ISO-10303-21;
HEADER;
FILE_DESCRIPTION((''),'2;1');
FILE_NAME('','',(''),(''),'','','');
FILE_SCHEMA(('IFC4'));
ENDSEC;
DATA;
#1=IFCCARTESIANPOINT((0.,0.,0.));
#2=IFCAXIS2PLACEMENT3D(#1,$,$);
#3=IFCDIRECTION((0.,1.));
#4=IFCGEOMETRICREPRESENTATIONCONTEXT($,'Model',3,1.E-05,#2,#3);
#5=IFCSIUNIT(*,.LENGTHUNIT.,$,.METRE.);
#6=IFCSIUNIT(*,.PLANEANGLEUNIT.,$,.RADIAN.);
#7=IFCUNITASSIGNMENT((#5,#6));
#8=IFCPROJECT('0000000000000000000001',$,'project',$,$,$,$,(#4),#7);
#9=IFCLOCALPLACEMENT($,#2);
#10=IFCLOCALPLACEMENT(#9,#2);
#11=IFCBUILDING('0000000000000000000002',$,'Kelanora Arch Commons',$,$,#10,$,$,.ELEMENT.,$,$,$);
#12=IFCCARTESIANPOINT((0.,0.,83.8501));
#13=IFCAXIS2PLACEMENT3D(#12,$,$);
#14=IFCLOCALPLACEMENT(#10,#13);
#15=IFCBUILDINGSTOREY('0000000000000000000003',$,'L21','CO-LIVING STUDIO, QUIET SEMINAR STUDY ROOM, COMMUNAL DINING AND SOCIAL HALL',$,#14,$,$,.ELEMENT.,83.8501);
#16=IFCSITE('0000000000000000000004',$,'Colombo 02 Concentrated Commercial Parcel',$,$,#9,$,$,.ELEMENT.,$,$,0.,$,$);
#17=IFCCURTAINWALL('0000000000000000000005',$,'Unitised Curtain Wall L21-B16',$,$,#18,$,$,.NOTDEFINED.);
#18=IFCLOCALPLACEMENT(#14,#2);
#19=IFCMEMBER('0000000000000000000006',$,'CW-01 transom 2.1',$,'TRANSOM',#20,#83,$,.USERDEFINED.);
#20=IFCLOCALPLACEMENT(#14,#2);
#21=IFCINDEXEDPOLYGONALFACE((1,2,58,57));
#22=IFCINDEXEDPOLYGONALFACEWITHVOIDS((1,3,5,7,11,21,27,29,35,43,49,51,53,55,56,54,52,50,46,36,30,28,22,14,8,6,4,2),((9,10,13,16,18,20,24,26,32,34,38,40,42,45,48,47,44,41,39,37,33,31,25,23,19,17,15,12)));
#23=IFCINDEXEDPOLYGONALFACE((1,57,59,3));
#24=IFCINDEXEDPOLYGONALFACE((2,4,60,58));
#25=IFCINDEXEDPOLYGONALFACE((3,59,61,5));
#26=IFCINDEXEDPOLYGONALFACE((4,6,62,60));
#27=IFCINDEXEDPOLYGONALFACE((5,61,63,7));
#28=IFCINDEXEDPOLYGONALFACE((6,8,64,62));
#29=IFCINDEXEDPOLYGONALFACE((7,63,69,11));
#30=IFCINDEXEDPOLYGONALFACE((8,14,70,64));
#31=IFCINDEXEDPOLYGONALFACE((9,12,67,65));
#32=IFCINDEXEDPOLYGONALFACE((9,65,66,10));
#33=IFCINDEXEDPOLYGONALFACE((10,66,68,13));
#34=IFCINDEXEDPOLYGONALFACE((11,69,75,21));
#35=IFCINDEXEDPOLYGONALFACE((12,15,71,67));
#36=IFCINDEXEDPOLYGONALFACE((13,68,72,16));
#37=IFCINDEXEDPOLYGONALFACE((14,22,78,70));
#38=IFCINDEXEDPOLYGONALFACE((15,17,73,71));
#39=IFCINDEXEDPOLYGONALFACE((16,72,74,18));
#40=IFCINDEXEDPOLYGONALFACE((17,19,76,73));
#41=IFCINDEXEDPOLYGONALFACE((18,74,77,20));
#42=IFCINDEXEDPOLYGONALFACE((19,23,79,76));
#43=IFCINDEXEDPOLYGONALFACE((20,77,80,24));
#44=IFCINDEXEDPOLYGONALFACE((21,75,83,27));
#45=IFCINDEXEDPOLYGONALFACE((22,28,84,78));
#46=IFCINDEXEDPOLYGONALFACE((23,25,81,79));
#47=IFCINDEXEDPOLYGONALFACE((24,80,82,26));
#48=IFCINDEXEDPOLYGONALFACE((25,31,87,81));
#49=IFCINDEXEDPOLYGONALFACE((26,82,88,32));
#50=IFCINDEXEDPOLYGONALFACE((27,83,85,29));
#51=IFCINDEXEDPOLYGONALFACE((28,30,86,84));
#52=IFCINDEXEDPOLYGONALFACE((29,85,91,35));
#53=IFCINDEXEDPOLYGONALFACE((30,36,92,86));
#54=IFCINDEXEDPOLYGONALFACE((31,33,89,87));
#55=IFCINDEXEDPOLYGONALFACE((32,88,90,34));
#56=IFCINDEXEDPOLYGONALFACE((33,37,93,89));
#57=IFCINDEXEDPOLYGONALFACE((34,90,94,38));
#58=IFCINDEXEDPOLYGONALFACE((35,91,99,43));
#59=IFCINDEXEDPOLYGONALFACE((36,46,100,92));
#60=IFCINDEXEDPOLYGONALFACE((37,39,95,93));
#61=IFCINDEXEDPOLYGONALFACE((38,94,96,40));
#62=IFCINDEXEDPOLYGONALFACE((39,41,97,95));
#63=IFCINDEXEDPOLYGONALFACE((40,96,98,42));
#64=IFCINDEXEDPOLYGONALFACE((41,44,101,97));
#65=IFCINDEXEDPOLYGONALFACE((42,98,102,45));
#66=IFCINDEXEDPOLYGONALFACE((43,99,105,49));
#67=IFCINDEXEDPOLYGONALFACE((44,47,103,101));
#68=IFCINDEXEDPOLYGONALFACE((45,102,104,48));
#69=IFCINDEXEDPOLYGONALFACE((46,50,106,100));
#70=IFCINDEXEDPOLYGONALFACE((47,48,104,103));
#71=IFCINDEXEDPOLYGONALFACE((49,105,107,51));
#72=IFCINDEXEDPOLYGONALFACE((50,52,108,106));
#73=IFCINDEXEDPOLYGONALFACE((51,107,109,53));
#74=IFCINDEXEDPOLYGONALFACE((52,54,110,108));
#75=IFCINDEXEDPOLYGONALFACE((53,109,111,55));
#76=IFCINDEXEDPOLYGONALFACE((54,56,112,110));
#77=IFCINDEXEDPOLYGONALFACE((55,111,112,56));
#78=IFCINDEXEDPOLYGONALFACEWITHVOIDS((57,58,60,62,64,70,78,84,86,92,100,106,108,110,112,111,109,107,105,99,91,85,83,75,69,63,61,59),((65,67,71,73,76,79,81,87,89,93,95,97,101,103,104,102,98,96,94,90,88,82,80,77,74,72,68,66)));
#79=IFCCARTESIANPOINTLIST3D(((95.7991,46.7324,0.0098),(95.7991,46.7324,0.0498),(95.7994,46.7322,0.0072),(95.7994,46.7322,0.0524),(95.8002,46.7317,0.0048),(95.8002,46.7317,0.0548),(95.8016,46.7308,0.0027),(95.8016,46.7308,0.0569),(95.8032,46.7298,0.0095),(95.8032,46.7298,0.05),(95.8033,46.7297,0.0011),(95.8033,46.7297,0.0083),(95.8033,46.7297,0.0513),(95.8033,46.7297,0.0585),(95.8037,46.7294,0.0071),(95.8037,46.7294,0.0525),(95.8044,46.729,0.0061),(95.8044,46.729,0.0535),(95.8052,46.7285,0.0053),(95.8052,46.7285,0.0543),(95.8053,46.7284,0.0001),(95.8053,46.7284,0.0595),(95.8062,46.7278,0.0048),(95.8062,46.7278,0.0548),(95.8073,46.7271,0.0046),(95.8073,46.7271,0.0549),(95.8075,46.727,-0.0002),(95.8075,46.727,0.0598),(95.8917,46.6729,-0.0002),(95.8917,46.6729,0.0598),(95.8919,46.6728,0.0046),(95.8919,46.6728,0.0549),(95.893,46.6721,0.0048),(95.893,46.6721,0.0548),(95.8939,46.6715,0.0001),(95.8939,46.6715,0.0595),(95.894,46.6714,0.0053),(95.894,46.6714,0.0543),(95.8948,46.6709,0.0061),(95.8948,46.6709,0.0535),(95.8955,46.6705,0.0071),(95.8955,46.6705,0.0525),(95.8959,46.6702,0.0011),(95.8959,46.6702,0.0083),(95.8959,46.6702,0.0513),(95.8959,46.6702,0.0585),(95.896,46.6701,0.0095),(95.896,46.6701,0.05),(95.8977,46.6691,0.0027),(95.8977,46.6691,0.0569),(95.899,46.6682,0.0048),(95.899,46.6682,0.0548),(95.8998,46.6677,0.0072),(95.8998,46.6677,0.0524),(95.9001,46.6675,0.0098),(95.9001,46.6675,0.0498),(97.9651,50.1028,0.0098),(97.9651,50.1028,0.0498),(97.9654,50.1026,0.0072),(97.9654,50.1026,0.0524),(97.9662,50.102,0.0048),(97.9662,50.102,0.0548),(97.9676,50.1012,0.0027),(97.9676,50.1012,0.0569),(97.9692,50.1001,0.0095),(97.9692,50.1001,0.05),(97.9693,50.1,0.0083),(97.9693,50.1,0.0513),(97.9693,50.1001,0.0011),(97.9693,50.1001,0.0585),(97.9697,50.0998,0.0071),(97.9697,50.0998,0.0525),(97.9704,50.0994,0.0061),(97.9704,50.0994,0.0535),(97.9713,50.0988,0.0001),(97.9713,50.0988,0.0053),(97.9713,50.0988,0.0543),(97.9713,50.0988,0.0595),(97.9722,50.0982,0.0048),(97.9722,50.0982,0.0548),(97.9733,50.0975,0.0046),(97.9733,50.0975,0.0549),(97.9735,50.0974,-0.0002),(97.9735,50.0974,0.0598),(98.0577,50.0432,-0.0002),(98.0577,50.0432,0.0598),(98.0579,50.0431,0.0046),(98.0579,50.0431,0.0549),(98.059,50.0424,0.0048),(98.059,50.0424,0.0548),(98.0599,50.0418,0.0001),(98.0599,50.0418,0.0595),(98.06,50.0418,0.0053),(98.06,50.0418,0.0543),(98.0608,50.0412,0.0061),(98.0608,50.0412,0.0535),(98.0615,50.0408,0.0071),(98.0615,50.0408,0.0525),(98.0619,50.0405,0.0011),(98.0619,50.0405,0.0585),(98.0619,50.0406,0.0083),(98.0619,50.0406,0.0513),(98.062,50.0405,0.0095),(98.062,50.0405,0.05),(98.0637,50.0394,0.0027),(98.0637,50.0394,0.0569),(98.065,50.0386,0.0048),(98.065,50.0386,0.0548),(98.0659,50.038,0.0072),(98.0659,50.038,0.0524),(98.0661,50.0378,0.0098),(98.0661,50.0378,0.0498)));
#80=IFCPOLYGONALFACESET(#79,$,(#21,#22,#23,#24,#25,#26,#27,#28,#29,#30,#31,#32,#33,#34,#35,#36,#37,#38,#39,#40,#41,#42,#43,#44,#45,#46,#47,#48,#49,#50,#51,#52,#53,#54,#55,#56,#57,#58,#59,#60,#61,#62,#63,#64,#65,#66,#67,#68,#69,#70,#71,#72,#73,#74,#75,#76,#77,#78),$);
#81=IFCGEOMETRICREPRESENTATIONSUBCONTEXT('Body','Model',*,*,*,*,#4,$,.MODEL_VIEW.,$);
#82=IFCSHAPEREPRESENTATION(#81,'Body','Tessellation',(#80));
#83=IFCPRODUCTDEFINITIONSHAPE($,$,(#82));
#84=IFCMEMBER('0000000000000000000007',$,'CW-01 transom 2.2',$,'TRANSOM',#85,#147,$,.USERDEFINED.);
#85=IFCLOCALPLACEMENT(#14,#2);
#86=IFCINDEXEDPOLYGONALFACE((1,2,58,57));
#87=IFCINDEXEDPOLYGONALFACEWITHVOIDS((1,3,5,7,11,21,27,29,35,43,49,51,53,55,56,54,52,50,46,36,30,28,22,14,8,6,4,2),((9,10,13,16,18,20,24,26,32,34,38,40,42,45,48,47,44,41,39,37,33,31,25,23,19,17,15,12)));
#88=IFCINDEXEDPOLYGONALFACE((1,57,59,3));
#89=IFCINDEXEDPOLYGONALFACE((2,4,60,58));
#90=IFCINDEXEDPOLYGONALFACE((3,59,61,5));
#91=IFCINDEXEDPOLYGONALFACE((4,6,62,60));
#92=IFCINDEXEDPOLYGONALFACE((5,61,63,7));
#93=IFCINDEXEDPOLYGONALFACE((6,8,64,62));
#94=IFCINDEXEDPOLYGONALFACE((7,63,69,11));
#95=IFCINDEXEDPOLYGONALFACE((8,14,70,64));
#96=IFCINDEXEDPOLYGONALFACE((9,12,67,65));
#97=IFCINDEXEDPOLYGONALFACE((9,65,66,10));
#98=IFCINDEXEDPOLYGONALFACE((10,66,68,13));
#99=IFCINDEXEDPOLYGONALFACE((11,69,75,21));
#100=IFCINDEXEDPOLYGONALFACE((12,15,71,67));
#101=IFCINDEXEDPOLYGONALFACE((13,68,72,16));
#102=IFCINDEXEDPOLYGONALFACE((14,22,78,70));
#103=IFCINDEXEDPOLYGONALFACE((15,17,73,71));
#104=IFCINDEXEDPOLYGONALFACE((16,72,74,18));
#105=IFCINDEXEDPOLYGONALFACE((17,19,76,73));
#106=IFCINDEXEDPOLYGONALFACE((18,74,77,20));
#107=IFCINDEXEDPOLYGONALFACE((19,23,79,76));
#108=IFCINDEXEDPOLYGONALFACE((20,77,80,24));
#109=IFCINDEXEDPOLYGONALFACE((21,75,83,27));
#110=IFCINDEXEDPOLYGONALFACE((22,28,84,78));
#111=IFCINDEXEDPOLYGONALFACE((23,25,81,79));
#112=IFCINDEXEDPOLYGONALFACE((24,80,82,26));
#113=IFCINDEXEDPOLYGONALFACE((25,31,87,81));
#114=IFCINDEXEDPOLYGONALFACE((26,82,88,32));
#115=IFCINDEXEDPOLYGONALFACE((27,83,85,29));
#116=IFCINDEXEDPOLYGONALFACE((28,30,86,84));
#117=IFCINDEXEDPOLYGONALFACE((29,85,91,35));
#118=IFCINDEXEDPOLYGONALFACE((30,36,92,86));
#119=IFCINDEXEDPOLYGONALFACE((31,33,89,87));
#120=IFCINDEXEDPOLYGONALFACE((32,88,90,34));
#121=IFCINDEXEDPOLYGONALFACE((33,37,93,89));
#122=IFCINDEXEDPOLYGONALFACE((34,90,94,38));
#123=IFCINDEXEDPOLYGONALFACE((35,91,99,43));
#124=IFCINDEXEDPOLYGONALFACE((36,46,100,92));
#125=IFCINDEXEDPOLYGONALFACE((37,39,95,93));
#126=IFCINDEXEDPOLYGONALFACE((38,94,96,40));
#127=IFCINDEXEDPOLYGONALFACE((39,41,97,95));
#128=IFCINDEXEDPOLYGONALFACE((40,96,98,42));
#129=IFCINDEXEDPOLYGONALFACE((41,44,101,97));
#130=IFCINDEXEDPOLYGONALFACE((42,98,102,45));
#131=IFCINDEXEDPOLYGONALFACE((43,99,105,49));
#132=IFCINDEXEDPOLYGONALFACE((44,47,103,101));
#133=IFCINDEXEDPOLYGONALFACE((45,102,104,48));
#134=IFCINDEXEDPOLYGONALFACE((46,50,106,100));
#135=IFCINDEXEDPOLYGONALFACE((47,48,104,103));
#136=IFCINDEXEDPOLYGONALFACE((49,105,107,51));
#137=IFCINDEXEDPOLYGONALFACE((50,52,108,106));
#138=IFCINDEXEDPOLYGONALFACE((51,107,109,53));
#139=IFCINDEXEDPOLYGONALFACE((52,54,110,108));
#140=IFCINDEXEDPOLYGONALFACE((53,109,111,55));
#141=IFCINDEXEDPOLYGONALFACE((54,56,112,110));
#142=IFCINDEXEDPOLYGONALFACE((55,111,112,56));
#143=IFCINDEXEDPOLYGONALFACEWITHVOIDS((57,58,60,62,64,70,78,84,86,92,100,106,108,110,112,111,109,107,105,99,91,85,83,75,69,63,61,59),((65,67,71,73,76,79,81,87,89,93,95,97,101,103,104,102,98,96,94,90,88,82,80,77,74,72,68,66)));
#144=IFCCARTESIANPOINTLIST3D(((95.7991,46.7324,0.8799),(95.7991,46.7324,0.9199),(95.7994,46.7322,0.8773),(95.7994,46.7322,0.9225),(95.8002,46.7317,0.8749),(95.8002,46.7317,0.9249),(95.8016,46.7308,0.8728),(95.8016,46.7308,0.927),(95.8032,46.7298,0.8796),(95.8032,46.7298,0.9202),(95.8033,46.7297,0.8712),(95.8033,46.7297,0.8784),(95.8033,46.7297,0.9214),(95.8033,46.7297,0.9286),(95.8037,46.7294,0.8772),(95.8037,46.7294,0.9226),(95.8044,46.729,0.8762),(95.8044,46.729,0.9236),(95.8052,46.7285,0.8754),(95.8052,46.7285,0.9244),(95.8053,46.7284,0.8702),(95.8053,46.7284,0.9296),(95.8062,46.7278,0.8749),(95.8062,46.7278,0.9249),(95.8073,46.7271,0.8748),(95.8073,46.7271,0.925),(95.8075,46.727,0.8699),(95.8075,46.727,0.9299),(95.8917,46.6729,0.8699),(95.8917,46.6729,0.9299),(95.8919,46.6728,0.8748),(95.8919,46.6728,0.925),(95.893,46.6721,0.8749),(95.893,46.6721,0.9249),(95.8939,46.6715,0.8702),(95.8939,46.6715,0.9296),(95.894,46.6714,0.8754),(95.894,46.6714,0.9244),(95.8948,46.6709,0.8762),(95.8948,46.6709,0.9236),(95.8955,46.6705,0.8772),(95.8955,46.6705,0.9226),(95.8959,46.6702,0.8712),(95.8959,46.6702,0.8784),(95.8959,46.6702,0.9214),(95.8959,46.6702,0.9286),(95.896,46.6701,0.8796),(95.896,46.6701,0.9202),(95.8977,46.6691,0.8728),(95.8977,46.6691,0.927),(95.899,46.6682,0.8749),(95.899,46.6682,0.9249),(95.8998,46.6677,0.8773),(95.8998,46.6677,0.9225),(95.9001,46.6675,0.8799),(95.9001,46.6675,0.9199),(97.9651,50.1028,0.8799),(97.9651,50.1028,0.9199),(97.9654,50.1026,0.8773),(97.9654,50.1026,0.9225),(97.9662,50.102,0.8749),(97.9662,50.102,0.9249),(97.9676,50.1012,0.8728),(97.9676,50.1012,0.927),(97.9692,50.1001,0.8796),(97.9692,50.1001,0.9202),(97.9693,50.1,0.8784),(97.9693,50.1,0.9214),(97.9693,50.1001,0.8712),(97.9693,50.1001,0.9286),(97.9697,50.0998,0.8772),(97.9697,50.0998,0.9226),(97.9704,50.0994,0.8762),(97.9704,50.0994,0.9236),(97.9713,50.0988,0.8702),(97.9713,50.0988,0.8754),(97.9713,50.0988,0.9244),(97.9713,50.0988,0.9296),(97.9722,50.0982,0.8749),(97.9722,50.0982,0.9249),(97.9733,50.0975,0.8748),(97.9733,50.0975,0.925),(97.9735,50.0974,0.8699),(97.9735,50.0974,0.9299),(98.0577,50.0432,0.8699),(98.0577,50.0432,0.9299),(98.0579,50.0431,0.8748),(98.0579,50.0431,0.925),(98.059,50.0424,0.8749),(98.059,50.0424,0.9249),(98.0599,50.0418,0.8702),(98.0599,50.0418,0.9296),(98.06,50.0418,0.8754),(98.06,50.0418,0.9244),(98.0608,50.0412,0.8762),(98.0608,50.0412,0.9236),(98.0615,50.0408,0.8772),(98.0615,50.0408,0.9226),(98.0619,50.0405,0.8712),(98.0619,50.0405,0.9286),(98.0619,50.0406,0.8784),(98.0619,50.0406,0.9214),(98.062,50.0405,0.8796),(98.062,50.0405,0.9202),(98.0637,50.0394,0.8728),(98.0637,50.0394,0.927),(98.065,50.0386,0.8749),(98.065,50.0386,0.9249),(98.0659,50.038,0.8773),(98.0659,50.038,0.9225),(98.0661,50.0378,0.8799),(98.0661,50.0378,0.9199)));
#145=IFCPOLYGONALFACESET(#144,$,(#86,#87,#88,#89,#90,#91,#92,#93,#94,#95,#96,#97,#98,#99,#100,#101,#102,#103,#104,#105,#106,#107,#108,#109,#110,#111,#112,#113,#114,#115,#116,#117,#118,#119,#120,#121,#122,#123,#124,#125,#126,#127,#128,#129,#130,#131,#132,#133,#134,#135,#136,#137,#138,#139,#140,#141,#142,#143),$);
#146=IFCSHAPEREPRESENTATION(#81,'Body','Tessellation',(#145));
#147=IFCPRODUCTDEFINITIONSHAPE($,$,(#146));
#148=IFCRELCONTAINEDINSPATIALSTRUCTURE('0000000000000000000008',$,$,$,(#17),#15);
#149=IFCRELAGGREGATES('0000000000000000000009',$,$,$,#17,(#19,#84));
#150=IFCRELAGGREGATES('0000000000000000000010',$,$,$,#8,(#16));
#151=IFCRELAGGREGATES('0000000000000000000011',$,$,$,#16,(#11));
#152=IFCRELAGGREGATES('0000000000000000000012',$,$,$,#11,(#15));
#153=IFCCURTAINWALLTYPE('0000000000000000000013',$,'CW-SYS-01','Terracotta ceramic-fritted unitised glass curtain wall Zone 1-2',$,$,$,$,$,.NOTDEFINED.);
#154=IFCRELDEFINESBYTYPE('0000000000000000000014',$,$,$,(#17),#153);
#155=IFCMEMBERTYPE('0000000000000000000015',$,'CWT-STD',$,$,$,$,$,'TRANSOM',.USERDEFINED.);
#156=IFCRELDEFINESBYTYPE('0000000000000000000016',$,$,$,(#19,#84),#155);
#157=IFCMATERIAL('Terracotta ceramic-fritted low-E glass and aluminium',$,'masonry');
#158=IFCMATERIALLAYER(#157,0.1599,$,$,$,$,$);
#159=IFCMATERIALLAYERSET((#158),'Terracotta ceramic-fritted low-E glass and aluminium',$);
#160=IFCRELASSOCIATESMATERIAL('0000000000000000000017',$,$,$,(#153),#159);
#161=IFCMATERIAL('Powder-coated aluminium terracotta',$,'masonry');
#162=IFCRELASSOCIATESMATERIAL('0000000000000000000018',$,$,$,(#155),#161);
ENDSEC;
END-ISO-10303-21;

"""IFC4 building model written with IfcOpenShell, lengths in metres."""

from ifc_helpers import new_model, si_unit, direction, frame, origin, origin_2d, place, context, subcontext, project, spatial, hollow_rectangle, extrude, material, layer, layer_set, material_profile, profile_set, type_object, element, aggregate, save


model = new_model("IFC4")

# Units and contexts
model_context = context("Model", 3, precision=1e-05, world=origin(), true_north=direction((0.0, 1.0)))
body_context = subcontext(model_context, "Body", "Model", "MODEL_VIEW")
ifc_project = project(units=[si_unit("LENGTHUNIT", "METRE"), si_unit("PLANEANGLEUNIT", "RADIAN")], contexts=[model_context])

# Site, building, storey
site_placement = place(None, origin())
site = spatial("IfcSite", under=ifc_project, at=site_placement, Name="Colombo 02 Concentrated Commercial Parcel", CompositionType="ELEMENT", RefElevation=0.0)
building_placement = place(site_placement, origin())
building = spatial("IfcBuilding", under=site, at=building_placement, Name="Kelanora Arch Commons", CompositionType="ELEMENT")
storey_placement = place(building_placement, frame((0.0, 0.0, 83.8501)))
storey = spatial("IfcBuildingStorey", under=building, at=storey_placement, Name="L21", Description="CO-LIVING STUDIO, QUIET SEMINAR STUDY ROOM, COMMUNAL DINING AND SOCIAL HALL", CompositionType="ELEMENT", Elevation=83.8501)

# Shared definitions
ifc_material_1 = material(Name="Terracotta ceramic-fritted low-E glass and aluminium", Category="masonry")
ifc_layer_1 = layer(ifc_material_1, 0.1599)
ifc_layer_set_1 = layer_set([ifc_layer_1], Name="Terracotta ceramic-fritted low-E glass and aluminium")
curtain_wall_type = type_object("IfcCurtainWallType", Name="CW-SYS-01", Description="Terracotta ceramic-fritted unitised glass curtain wall Zone 1-2", PredefinedType="NOTDEFINED", material=ifc_layer_set_1)
ifc_material_2 = material(Name="Powder-coated aluminium terracotta", Category="masonry")

# Curtain wall, members
curtain_wall_1_placement = place(storey_placement, origin())
curtain_wall_1 = element("IfcCurtainWall", 1, at=curtain_wall_1_placement, inside=storey, type_object=curtain_wall_type, Name="Unitised Curtain Wall L21-B16", PredefinedType="NOTDEFINED")
ifc_material_profile_1 = material_profile(ifc_material_2, hollow_rectangle(XDim=0.1201, YDim=0.0601, WallThickness=0.0049, InnerFilletRadius=0.0049, OuterFilletRadius=0.01, at=origin_2d()), Name="CWT120x60")
ifc_profile_set_1 = profile_set([ifc_material_profile_1], Name="Powder-coated aluminium terracotta")
member_type_1 = type_object("IfcMemberType", Name="CWT-STD", ElementType="TRANSOM", PredefinedType="USERDEFINED", material=ifc_profile_set_1)
member_1_placement = place(storey_placement, frame((95.8496, 46.7, 0.0298), z_axis=(0.540644, 0.841252, 0.0), x_axis=(-0.841252, 0.540644, 0.0)))
member_1 = element("IfcMember", 2, at=member_1_placement, type_object=member_type_1, Name="CW-01 transom 2.1", ObjectType="TRANSOM", PredefinedType="USERDEFINED", context=body_context, shape_type="SweptSolid", body=[
    extrude(hollow_rectangle(XDim=0.1201, YDim=0.0601, WallThickness=0.0049, InnerFilletRadius=0.0049, OuterFilletRadius=0.01, at=origin_2d()), origin(), (0.0, 0.0, 1.0), 4.0063),
])
member_2_placement = place(storey_placement, frame((95.8496, 46.7, 0.8999), z_axis=(0.540644, 0.841252, 0.0), x_axis=(-0.841252, 0.540644, 0.0)))
member_2 = element("IfcMember", 3, at=member_2_placement, type_object=member_type_1, Name="CW-01 transom 2.2", ObjectType="TRANSOM", PredefinedType="USERDEFINED", context=body_context, shape_type="SweptSolid", body=[
    extrude(hollow_rectangle(XDim=0.1201, YDim=0.0601, WallThickness=0.0049, InnerFilletRadius=0.0049, OuterFilletRadius=0.01, at=origin_2d()), origin(), (0.0, 0.0, 1.0), 4.0063),
])
aggregate(curtain_wall_1, [member_1, member_2])

save(model, "model.ifc")
